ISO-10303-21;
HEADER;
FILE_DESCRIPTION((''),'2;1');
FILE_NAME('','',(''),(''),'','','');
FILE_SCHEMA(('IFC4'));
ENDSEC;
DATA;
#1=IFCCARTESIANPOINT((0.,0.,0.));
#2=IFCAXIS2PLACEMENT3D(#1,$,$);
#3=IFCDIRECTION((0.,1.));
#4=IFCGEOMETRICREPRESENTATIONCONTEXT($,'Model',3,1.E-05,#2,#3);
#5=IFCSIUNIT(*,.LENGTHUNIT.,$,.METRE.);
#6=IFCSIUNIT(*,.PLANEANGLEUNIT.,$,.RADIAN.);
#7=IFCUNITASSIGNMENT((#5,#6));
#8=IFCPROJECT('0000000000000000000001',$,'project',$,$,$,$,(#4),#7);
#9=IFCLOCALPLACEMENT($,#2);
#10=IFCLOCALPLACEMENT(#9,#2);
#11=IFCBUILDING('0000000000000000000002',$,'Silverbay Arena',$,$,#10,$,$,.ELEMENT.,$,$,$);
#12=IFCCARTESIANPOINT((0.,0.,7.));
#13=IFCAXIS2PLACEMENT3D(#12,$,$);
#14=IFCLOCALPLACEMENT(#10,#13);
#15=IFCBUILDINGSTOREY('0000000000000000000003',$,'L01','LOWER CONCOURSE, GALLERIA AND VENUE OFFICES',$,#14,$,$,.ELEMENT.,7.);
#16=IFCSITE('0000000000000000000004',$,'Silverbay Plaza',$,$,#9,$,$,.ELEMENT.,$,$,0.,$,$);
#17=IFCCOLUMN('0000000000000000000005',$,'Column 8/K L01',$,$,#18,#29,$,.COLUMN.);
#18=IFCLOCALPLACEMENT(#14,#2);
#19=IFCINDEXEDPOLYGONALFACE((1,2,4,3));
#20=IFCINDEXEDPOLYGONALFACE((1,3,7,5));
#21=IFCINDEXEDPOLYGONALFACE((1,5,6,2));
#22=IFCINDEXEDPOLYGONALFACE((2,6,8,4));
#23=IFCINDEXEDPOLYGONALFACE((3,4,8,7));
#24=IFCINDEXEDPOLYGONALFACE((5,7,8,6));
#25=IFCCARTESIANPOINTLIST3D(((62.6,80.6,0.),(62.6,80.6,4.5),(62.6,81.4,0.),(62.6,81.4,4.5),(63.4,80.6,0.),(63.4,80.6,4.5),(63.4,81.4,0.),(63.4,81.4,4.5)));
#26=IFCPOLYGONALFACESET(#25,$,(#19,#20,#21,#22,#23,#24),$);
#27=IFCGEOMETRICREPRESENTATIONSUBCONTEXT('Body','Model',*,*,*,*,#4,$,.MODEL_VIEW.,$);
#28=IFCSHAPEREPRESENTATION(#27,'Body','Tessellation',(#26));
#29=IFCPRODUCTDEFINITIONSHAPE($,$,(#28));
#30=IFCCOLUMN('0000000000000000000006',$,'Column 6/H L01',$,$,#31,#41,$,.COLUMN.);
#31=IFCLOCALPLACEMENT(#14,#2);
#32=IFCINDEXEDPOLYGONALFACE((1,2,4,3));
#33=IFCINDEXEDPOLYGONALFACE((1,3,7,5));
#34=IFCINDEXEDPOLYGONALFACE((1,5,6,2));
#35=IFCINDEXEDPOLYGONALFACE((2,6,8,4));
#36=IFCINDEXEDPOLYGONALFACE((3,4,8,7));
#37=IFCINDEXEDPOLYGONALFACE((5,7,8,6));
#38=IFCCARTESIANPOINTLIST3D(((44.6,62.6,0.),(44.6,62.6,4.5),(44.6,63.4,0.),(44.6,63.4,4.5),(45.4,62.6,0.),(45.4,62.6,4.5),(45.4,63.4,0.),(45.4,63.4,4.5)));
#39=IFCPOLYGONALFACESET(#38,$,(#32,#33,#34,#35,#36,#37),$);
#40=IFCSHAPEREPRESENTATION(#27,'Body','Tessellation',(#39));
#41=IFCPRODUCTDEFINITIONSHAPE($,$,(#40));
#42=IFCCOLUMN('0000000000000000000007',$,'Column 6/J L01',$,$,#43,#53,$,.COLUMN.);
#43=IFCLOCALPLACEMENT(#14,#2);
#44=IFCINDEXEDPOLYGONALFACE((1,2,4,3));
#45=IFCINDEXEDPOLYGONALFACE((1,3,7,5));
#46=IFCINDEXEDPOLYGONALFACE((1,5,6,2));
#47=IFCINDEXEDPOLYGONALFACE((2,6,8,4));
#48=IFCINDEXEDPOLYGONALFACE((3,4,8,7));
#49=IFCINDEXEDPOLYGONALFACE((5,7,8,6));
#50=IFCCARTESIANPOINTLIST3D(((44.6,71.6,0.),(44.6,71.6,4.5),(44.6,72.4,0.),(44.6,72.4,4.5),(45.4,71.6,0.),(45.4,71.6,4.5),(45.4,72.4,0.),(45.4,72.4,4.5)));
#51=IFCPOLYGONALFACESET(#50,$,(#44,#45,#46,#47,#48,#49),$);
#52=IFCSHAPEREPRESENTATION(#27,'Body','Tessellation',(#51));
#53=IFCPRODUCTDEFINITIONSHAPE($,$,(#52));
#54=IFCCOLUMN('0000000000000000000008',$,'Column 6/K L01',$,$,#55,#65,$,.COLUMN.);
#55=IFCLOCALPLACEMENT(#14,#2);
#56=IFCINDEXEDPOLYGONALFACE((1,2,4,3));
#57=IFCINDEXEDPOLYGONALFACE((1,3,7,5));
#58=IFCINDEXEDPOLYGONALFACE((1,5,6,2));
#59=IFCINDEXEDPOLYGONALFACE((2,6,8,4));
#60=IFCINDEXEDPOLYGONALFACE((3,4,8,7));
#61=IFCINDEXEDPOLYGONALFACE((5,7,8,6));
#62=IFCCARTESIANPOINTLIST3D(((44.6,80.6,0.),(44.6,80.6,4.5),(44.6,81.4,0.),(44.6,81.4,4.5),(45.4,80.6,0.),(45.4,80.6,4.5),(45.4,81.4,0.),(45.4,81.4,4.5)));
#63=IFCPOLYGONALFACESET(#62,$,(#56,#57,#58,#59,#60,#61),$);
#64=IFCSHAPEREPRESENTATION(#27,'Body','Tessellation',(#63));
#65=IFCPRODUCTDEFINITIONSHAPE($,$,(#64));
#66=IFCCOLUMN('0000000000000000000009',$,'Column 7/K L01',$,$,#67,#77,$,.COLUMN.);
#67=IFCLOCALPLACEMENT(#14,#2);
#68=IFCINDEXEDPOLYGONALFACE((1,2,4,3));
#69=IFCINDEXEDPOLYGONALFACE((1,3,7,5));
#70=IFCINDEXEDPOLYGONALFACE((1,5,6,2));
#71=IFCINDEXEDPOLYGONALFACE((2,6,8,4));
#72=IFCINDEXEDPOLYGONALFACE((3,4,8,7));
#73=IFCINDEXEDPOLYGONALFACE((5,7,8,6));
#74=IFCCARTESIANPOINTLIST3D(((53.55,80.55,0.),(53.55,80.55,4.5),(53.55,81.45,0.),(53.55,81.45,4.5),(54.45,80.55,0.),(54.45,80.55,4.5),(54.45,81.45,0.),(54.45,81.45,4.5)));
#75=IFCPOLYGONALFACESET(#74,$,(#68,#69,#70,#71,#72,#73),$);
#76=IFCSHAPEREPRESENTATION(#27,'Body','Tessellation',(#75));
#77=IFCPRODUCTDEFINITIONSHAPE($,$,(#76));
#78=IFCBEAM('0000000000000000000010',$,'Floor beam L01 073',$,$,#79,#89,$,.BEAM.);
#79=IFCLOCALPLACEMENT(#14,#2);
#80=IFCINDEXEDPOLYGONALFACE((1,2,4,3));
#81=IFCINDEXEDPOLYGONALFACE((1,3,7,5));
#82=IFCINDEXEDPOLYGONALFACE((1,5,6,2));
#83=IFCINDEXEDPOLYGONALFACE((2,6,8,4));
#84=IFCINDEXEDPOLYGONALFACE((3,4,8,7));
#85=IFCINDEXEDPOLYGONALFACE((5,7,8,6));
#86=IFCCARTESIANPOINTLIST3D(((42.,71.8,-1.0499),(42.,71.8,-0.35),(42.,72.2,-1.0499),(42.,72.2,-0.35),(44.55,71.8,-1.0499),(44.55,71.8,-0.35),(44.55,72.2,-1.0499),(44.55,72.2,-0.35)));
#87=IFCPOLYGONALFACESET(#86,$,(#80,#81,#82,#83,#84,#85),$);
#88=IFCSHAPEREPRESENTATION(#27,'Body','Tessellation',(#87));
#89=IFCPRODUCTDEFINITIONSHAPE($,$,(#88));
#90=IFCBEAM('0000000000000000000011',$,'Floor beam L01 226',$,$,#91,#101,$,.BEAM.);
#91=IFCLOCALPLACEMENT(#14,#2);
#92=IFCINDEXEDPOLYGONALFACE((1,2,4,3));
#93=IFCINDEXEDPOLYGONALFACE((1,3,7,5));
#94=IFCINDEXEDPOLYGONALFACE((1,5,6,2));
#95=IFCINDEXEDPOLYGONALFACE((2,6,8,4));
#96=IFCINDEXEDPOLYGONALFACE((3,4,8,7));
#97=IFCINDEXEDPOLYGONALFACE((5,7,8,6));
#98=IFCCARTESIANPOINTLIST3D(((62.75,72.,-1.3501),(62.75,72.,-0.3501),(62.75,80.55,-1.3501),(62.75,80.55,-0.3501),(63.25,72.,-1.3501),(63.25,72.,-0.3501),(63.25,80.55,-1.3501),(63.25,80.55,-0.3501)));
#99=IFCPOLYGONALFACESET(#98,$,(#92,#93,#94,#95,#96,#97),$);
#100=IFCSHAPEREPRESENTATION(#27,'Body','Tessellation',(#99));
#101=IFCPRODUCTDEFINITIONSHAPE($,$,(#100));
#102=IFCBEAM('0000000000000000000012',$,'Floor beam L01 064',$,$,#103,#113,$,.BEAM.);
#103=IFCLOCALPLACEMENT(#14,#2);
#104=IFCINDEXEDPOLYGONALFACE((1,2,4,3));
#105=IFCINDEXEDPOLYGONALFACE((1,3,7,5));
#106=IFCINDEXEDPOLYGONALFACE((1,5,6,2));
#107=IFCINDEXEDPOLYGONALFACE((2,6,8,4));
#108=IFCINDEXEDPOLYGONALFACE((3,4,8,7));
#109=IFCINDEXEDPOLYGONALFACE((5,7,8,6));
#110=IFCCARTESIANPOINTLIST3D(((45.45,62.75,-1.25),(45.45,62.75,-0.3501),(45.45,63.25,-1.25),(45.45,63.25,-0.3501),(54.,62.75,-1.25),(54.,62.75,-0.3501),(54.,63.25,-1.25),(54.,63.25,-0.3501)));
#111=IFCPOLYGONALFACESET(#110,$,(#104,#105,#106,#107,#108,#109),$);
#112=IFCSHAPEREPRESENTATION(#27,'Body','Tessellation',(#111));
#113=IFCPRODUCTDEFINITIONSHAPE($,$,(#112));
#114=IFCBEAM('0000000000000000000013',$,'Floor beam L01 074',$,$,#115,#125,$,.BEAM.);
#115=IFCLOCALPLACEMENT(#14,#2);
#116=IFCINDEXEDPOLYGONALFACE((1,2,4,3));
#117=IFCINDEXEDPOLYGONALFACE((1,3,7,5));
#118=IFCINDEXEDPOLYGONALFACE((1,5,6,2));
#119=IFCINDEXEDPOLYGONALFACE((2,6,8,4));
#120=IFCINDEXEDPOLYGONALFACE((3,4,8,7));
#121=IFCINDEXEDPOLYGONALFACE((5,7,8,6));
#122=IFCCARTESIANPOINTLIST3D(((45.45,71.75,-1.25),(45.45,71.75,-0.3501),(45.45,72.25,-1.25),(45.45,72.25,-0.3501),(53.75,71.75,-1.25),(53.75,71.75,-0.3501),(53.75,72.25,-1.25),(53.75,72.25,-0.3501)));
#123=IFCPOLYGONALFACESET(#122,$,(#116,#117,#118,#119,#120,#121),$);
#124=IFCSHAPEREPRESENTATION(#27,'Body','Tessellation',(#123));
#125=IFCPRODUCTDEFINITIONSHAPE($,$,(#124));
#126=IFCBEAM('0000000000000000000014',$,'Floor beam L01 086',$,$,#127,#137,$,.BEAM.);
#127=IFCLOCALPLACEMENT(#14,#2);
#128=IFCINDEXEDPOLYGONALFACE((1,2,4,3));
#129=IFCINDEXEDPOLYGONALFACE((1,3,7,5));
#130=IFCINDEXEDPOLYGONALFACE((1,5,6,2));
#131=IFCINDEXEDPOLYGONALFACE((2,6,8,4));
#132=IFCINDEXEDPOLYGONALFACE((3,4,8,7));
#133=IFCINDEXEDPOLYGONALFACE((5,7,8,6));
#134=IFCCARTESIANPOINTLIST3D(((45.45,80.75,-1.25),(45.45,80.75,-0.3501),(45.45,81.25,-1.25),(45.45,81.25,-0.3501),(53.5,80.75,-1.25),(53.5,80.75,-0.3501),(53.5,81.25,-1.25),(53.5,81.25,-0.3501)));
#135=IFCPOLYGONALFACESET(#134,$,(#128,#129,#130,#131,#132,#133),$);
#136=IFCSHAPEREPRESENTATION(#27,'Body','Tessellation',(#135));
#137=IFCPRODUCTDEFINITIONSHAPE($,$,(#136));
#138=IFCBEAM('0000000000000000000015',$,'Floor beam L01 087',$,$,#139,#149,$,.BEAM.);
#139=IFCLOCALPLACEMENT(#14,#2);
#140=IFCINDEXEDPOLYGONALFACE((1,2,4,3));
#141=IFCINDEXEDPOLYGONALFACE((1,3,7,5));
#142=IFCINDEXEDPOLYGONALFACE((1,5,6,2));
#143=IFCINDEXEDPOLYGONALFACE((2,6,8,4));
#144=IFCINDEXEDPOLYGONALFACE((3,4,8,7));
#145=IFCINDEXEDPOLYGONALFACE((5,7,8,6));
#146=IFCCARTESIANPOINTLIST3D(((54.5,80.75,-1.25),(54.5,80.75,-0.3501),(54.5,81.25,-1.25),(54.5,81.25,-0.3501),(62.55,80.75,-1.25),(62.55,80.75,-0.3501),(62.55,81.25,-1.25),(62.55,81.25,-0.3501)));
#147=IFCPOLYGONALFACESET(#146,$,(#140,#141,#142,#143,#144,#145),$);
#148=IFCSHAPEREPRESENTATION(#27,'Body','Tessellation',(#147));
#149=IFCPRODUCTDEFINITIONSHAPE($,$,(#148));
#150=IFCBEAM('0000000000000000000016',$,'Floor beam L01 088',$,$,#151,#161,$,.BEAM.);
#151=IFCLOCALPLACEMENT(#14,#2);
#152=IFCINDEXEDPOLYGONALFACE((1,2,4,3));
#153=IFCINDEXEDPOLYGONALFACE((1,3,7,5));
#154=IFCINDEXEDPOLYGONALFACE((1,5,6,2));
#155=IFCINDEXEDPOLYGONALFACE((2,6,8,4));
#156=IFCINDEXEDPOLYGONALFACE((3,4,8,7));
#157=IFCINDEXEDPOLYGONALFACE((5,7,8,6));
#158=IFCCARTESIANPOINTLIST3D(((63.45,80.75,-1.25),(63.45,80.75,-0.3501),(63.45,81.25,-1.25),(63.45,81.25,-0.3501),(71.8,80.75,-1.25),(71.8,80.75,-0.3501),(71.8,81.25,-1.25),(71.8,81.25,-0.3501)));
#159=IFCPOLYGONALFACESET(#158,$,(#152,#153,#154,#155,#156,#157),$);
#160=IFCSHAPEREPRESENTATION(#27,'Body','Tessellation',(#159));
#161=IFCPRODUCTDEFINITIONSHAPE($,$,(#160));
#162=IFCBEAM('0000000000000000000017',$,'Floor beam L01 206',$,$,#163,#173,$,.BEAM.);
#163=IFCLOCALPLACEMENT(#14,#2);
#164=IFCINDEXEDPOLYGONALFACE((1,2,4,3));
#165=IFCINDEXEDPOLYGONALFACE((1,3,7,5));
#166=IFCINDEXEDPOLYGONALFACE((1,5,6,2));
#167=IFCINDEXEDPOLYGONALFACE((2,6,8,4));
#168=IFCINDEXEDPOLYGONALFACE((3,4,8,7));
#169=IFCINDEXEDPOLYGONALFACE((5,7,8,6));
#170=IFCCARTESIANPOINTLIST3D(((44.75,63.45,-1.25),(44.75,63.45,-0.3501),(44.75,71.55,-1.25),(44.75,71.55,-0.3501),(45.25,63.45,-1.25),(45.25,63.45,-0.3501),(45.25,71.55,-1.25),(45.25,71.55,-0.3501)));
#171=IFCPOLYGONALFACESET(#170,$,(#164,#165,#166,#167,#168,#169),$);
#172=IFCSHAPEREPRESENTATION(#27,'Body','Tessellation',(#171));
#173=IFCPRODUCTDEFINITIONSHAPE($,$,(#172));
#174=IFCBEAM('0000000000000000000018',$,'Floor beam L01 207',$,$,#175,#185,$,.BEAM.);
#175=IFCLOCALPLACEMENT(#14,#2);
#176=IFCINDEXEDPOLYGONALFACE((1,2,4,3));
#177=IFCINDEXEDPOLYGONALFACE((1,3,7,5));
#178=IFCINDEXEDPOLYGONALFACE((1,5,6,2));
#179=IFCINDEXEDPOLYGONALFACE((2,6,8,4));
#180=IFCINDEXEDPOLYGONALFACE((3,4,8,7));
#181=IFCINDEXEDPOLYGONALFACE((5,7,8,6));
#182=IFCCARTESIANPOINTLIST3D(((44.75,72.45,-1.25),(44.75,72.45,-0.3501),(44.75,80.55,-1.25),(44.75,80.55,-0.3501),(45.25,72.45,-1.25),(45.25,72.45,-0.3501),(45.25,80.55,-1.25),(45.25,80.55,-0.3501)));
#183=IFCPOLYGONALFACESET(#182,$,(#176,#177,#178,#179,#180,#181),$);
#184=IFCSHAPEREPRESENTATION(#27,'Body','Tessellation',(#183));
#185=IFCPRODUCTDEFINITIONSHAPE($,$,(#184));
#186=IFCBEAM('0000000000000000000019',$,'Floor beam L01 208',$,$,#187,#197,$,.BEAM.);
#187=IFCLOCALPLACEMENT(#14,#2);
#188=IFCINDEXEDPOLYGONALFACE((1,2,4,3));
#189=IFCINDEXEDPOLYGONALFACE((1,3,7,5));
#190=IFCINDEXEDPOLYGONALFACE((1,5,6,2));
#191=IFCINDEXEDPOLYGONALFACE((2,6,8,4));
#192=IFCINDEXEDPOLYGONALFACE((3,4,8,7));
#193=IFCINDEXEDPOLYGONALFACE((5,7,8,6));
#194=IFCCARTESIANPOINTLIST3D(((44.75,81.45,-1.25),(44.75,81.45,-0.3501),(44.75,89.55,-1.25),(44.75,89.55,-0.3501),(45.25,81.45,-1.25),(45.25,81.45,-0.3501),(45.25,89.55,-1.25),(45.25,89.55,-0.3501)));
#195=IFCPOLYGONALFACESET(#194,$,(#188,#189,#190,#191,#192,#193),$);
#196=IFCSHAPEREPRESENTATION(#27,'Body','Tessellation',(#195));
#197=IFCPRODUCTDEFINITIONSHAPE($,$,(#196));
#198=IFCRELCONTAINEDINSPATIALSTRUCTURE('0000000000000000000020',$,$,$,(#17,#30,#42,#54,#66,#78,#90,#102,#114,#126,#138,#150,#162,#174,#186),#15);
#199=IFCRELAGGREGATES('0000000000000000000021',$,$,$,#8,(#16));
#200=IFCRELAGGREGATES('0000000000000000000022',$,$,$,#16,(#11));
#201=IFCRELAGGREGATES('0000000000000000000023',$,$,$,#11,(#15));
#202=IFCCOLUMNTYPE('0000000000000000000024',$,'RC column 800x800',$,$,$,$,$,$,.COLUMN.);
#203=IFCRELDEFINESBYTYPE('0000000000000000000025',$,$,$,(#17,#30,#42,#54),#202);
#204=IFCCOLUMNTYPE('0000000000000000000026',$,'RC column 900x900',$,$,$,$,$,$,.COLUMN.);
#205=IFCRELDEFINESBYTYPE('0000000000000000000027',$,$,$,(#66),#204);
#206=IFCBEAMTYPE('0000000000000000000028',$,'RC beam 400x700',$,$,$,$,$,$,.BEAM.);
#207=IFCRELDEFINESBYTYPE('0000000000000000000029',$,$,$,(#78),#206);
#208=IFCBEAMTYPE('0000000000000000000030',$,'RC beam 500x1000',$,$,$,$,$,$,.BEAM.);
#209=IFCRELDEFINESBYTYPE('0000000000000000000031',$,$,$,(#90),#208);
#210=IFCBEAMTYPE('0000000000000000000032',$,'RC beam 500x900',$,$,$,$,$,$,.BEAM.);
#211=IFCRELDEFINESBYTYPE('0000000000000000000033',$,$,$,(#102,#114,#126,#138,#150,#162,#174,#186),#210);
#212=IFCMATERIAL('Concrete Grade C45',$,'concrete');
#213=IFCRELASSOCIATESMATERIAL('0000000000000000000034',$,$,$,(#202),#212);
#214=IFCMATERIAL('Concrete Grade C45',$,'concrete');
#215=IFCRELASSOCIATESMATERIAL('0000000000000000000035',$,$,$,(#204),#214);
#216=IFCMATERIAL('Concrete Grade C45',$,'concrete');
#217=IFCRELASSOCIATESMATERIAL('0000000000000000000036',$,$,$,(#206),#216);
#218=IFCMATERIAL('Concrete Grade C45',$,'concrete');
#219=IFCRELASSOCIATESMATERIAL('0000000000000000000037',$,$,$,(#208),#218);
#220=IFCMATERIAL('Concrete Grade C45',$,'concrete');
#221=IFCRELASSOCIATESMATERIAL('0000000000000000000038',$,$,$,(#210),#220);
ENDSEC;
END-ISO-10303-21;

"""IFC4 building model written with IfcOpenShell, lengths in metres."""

from ifc_helpers import new_model, si_unit, direction, frame, origin, origin_2d, place, context, subcontext, project, spatial, rectangle, extrude, material, material_profile, profile_set, type_object, element, save


model = new_model("IFC4")

# Units and contexts
model_context = context("Model", 3, precision=1e-05, world=origin(), true_north=direction((0.0, 1.0)))
body_context = subcontext(model_context, "Body", "Model", "MODEL_VIEW")
ifc_project = project(units=[si_unit("LENGTHUNIT", "METRE"), si_unit("PLANEANGLEUNIT", "RADIAN")], contexts=[model_context])

# Site, building, storey
site_placement = place(None, origin())
site = spatial("IfcSite", under=ifc_project, at=site_placement, Name="Silverbay Plaza", CompositionType="ELEMENT", RefElevation=0.0)
building_placement = place(site_placement, origin())
building = spatial("IfcBuilding", under=site, at=building_placement, Name="Silverbay Arena", CompositionType="ELEMENT")
storey_placement = place(building_placement, frame((0.0, 0.0, 7.0)))
storey = spatial("IfcBuildingStorey", under=building, at=storey_placement, Name="L01", Description="LOWER CONCOURSE, GALLERIA AND VENUE OFFICES", CompositionType="ELEMENT", Elevation=7.0)

# Columns
ifc_material_1 = material(Name="Concrete Grade C45", Category="concrete")
ifc_material_profile_1 = material_profile(ifc_material_1, rectangle(XDim=0.8, YDim=0.8, at=origin_2d()), Name="RC 800x800")
ifc_profile_set_1 = profile_set([ifc_material_profile_1], Name="Concrete Grade C45")
column_type_1 = type_object("IfcColumnType", Name="RC column 800x800", PredefinedType="COLUMN", material=ifc_profile_set_1)
for number, where, z_axis, x_axis, name in (
    (1, (63.0, 81.0, 0.0), (0.0, 0.0, 1.0), (1.0, 0.0, 0.0), "Column 8/K L01"),
    (2, (45.0, 63.0, 0.0), (0.0, 0.0, 1.0), (1.0, 0.0, 0.0), "Column 6/H L01"),
    (3, (45.0, 72.0, 0.0), (0.0, 0.0, 1.0), (1.0, 0.0, 0.0), "Column 6/J L01"),
    (4, (45.0, 81.0, 0.0), (0.0, 0.0, 1.0), (1.0, 0.0, 0.0), "Column 6/K L01"),
):
    element("IfcColumn", number, at=place(storey_placement, frame(where, z_axis=z_axis, x_axis=x_axis)), inside=storey, type_object=column_type_1, Name=name, PredefinedType="COLUMN", context=body_context, shape_type="SweptSolid", body=[
        extrude(rectangle(XDim=0.8, YDim=0.8, at=origin_2d()), origin(), (0.0, 0.0, 1.0), 4.5),
    ])
ifc_material_2 = material(Name="Concrete Grade C45", Category="concrete")
ifc_material_profile_2 = material_profile(ifc_material_2, rectangle(XDim=0.8999, YDim=0.8999, at=origin_2d()), Name="RC 900x900")
ifc_profile_set_2 = profile_set([ifc_material_profile_2], Name="Concrete Grade C45")
column_type_2 = type_object("IfcColumnType", Name="RC column 900x900", PredefinedType="COLUMN", material=ifc_profile_set_2)
column_placement = place(storey_placement, frame((54.0, 81.0, 0.0), z_axis=(0.0, 0.0, 1.0), x_axis=(1.0, 0.0, 0.0)))
element("IfcColumn", 5, at=column_placement, inside=storey, type_object=column_type_2, Name="Column 7/K L01", PredefinedType="COLUMN", context=body_context, shape_type="SweptSolid", body=[
    extrude(rectangle(XDim=0.8999, YDim=0.8999, at=origin_2d()), origin(), (0.0, 0.0, 1.0), 4.5),
])

# Beams
ifc_material_3 = material(Name="Concrete Grade C45", Category="concrete")
ifc_material_profile_3 = material_profile(ifc_material_3, rectangle(XDim=0.3999, YDim=0.7, at=origin_2d()), Name="RC 400x700")
ifc_profile_set_3 = profile_set([ifc_material_profile_3], Name="Concrete Grade C45")
beam_type_1 = type_object("IfcBeamType", Name="RC beam 400x700", PredefinedType="BEAM", material=ifc_profile_set_3)
beam_1_placement = place(storey_placement, frame((42.0, 72.0, -0.7), z_axis=(1.0, 0.0, 0.0), x_axis=(0.0, 1.0, 0.0)))
element("IfcBeam", 6, at=beam_1_placement, inside=storey, type_object=beam_type_1, Name="Floor beam L01 073", PredefinedType="BEAM", context=body_context, shape_type="SweptSolid", body=[
    extrude(rectangle(XDim=0.3999, YDim=0.7, at=origin_2d()), origin(), (0.0, 0.0, 1.0), 2.55),
])
ifc_material_4 = material(Name="Concrete Grade C45", Category="concrete")
ifc_material_profile_4 = material_profile(ifc_material_4, rectangle(XDim=0.5, YDim=1.0, at=origin_2d()), Name="RC 500x1000")
ifc_profile_set_4 = profile_set([ifc_material_profile_4], Name="Concrete Grade C45")
beam_type_2 = type_object("IfcBeamType", Name="RC beam 500x1000", PredefinedType="BEAM", material=ifc_profile_set_4)
beam_2_placement = place(storey_placement, frame((63.0, 72.0, -0.8501), z_axis=(0.0, 1.0, 0.0), x_axis=(-1.0, 0.0, 0.0)))
element("IfcBeam", 7, at=beam_2_placement, inside=storey, type_object=beam_type_2, Name="Floor beam L01 226", PredefinedType="BEAM", context=body_context, shape_type="SweptSolid", body=[
    extrude(rectangle(XDim=0.5, YDim=1.0, at=origin_2d()), origin(), (0.0, 0.0, 1.0), 8.55),
])
ifc_material_5 = material(Name="Concrete Grade C45", Category="concrete")
ifc_material_profile_5 = material_profile(ifc_material_5, rectangle(XDim=0.5, YDim=0.8999, at=origin_2d()), Name="RC 500x900")
ifc_profile_set_5 = profile_set([ifc_material_profile_5], Name="Concrete Grade C45")
beam_type_3 = type_object("IfcBeamType", Name="RC beam 500x900", PredefinedType="BEAM", material=ifc_profile_set_5)
beam_3_placement = place(storey_placement, frame((45.45, 63.0, -0.8), z_axis=(1.0, 0.0, 0.0), x_axis=(0.0, 1.0, 0.0)))
element("IfcBeam", 8, at=beam_3_placement, inside=storey, type_object=beam_type_3, Name="Floor beam L01 064", PredefinedType="BEAM", context=body_context, shape_type="SweptSolid", body=[
    extrude(rectangle(XDim=0.5, YDim=0.8999, at=origin_2d()), origin(), (0.0, 0.0, 1.0), 8.55),
])
beam_4_placement = place(storey_placement, frame((45.45, 72.0, -0.8), z_axis=(1.0, 0.0, 0.0), x_axis=(0.0, 1.0, 0.0)))
element("IfcBeam", 9, at=beam_4_placement, inside=storey, type_object=beam_type_3, Name="Floor beam L01 074", PredefinedType="BEAM", context=body_context, shape_type="SweptSolid", body=[
    extrude(rectangle(XDim=0.5, YDim=0.8999, at=origin_2d()), origin(), (0.0, 0.0, 1.0), 8.3),
])
for number, where, z_axis, x_axis, name in (
    (10, (45.45, 81.0, -0.8), (1.0, 0.0, 0.0), (0.0, 1.0, 0.0), "Floor beam L01 086"),
    (11, (54.5, 81.0, -0.8), (1.0, 0.0, 0.0), (0.0, 1.0, 0.0), "Floor beam L01 087"),
):
    element("IfcBeam", number, at=place(storey_placement, frame(where, z_axis=z_axis, x_axis=x_axis)), inside=storey, type_object=beam_type_3, Name=name, PredefinedType="BEAM", context=body_context, shape_type="SweptSolid", body=[
        extrude(rectangle(XDim=0.5, YDim=0.8999, at=origin_2d()), origin(), (0.0, 0.0, 1.0), 8.05),
    ])
beam_5_placement = place(storey_placement, frame((63.45, 81.0, -0.8), z_axis=(1.0, 0.0, 0.0), x_axis=(0.0, 1.0, 0.0)))
element("IfcBeam", 12, at=beam_5_placement, inside=storey, type_object=beam_type_3, Name="Floor beam L01 088", PredefinedType="BEAM", context=body_context, shape_type="SweptSolid", body=[
    extrude(rectangle(XDim=0.5, YDim=0.8999, at=origin_2d()), origin(), (0.0, 0.0, 1.0), 8.3501),
])
for number, where, z_axis, x_axis, name in (
    (13, (45.0, 63.45, -0.8), (0.0, 1.0, 0.0), (-1.0, 0.0, 0.0), "Floor beam L01 206"),
    (14, (45.0, 72.45, -0.8), (0.0, 1.0, 0.0), (-1.0, 0.0, 0.0), "Floor beam L01 207"),
    (15, (45.0, 81.45, -0.8), (0.0, 1.0, 0.0), (-1.0, 0.0, 0.0), "Floor beam L01 208"),
):
    element("IfcBeam", number, at=place(storey_placement, frame(where, z_axis=z_axis, x_axis=x_axis)), inside=storey, type_object=beam_type_3, Name=name, PredefinedType="BEAM", context=body_context, shape_type="SweptSolid", body=[
        extrude(rectangle(XDim=0.5, YDim=0.8999, at=origin_2d()), origin(), (0.0, 0.0, 1.0), 8.1001),
    ])

save(model, "model.ifc")
